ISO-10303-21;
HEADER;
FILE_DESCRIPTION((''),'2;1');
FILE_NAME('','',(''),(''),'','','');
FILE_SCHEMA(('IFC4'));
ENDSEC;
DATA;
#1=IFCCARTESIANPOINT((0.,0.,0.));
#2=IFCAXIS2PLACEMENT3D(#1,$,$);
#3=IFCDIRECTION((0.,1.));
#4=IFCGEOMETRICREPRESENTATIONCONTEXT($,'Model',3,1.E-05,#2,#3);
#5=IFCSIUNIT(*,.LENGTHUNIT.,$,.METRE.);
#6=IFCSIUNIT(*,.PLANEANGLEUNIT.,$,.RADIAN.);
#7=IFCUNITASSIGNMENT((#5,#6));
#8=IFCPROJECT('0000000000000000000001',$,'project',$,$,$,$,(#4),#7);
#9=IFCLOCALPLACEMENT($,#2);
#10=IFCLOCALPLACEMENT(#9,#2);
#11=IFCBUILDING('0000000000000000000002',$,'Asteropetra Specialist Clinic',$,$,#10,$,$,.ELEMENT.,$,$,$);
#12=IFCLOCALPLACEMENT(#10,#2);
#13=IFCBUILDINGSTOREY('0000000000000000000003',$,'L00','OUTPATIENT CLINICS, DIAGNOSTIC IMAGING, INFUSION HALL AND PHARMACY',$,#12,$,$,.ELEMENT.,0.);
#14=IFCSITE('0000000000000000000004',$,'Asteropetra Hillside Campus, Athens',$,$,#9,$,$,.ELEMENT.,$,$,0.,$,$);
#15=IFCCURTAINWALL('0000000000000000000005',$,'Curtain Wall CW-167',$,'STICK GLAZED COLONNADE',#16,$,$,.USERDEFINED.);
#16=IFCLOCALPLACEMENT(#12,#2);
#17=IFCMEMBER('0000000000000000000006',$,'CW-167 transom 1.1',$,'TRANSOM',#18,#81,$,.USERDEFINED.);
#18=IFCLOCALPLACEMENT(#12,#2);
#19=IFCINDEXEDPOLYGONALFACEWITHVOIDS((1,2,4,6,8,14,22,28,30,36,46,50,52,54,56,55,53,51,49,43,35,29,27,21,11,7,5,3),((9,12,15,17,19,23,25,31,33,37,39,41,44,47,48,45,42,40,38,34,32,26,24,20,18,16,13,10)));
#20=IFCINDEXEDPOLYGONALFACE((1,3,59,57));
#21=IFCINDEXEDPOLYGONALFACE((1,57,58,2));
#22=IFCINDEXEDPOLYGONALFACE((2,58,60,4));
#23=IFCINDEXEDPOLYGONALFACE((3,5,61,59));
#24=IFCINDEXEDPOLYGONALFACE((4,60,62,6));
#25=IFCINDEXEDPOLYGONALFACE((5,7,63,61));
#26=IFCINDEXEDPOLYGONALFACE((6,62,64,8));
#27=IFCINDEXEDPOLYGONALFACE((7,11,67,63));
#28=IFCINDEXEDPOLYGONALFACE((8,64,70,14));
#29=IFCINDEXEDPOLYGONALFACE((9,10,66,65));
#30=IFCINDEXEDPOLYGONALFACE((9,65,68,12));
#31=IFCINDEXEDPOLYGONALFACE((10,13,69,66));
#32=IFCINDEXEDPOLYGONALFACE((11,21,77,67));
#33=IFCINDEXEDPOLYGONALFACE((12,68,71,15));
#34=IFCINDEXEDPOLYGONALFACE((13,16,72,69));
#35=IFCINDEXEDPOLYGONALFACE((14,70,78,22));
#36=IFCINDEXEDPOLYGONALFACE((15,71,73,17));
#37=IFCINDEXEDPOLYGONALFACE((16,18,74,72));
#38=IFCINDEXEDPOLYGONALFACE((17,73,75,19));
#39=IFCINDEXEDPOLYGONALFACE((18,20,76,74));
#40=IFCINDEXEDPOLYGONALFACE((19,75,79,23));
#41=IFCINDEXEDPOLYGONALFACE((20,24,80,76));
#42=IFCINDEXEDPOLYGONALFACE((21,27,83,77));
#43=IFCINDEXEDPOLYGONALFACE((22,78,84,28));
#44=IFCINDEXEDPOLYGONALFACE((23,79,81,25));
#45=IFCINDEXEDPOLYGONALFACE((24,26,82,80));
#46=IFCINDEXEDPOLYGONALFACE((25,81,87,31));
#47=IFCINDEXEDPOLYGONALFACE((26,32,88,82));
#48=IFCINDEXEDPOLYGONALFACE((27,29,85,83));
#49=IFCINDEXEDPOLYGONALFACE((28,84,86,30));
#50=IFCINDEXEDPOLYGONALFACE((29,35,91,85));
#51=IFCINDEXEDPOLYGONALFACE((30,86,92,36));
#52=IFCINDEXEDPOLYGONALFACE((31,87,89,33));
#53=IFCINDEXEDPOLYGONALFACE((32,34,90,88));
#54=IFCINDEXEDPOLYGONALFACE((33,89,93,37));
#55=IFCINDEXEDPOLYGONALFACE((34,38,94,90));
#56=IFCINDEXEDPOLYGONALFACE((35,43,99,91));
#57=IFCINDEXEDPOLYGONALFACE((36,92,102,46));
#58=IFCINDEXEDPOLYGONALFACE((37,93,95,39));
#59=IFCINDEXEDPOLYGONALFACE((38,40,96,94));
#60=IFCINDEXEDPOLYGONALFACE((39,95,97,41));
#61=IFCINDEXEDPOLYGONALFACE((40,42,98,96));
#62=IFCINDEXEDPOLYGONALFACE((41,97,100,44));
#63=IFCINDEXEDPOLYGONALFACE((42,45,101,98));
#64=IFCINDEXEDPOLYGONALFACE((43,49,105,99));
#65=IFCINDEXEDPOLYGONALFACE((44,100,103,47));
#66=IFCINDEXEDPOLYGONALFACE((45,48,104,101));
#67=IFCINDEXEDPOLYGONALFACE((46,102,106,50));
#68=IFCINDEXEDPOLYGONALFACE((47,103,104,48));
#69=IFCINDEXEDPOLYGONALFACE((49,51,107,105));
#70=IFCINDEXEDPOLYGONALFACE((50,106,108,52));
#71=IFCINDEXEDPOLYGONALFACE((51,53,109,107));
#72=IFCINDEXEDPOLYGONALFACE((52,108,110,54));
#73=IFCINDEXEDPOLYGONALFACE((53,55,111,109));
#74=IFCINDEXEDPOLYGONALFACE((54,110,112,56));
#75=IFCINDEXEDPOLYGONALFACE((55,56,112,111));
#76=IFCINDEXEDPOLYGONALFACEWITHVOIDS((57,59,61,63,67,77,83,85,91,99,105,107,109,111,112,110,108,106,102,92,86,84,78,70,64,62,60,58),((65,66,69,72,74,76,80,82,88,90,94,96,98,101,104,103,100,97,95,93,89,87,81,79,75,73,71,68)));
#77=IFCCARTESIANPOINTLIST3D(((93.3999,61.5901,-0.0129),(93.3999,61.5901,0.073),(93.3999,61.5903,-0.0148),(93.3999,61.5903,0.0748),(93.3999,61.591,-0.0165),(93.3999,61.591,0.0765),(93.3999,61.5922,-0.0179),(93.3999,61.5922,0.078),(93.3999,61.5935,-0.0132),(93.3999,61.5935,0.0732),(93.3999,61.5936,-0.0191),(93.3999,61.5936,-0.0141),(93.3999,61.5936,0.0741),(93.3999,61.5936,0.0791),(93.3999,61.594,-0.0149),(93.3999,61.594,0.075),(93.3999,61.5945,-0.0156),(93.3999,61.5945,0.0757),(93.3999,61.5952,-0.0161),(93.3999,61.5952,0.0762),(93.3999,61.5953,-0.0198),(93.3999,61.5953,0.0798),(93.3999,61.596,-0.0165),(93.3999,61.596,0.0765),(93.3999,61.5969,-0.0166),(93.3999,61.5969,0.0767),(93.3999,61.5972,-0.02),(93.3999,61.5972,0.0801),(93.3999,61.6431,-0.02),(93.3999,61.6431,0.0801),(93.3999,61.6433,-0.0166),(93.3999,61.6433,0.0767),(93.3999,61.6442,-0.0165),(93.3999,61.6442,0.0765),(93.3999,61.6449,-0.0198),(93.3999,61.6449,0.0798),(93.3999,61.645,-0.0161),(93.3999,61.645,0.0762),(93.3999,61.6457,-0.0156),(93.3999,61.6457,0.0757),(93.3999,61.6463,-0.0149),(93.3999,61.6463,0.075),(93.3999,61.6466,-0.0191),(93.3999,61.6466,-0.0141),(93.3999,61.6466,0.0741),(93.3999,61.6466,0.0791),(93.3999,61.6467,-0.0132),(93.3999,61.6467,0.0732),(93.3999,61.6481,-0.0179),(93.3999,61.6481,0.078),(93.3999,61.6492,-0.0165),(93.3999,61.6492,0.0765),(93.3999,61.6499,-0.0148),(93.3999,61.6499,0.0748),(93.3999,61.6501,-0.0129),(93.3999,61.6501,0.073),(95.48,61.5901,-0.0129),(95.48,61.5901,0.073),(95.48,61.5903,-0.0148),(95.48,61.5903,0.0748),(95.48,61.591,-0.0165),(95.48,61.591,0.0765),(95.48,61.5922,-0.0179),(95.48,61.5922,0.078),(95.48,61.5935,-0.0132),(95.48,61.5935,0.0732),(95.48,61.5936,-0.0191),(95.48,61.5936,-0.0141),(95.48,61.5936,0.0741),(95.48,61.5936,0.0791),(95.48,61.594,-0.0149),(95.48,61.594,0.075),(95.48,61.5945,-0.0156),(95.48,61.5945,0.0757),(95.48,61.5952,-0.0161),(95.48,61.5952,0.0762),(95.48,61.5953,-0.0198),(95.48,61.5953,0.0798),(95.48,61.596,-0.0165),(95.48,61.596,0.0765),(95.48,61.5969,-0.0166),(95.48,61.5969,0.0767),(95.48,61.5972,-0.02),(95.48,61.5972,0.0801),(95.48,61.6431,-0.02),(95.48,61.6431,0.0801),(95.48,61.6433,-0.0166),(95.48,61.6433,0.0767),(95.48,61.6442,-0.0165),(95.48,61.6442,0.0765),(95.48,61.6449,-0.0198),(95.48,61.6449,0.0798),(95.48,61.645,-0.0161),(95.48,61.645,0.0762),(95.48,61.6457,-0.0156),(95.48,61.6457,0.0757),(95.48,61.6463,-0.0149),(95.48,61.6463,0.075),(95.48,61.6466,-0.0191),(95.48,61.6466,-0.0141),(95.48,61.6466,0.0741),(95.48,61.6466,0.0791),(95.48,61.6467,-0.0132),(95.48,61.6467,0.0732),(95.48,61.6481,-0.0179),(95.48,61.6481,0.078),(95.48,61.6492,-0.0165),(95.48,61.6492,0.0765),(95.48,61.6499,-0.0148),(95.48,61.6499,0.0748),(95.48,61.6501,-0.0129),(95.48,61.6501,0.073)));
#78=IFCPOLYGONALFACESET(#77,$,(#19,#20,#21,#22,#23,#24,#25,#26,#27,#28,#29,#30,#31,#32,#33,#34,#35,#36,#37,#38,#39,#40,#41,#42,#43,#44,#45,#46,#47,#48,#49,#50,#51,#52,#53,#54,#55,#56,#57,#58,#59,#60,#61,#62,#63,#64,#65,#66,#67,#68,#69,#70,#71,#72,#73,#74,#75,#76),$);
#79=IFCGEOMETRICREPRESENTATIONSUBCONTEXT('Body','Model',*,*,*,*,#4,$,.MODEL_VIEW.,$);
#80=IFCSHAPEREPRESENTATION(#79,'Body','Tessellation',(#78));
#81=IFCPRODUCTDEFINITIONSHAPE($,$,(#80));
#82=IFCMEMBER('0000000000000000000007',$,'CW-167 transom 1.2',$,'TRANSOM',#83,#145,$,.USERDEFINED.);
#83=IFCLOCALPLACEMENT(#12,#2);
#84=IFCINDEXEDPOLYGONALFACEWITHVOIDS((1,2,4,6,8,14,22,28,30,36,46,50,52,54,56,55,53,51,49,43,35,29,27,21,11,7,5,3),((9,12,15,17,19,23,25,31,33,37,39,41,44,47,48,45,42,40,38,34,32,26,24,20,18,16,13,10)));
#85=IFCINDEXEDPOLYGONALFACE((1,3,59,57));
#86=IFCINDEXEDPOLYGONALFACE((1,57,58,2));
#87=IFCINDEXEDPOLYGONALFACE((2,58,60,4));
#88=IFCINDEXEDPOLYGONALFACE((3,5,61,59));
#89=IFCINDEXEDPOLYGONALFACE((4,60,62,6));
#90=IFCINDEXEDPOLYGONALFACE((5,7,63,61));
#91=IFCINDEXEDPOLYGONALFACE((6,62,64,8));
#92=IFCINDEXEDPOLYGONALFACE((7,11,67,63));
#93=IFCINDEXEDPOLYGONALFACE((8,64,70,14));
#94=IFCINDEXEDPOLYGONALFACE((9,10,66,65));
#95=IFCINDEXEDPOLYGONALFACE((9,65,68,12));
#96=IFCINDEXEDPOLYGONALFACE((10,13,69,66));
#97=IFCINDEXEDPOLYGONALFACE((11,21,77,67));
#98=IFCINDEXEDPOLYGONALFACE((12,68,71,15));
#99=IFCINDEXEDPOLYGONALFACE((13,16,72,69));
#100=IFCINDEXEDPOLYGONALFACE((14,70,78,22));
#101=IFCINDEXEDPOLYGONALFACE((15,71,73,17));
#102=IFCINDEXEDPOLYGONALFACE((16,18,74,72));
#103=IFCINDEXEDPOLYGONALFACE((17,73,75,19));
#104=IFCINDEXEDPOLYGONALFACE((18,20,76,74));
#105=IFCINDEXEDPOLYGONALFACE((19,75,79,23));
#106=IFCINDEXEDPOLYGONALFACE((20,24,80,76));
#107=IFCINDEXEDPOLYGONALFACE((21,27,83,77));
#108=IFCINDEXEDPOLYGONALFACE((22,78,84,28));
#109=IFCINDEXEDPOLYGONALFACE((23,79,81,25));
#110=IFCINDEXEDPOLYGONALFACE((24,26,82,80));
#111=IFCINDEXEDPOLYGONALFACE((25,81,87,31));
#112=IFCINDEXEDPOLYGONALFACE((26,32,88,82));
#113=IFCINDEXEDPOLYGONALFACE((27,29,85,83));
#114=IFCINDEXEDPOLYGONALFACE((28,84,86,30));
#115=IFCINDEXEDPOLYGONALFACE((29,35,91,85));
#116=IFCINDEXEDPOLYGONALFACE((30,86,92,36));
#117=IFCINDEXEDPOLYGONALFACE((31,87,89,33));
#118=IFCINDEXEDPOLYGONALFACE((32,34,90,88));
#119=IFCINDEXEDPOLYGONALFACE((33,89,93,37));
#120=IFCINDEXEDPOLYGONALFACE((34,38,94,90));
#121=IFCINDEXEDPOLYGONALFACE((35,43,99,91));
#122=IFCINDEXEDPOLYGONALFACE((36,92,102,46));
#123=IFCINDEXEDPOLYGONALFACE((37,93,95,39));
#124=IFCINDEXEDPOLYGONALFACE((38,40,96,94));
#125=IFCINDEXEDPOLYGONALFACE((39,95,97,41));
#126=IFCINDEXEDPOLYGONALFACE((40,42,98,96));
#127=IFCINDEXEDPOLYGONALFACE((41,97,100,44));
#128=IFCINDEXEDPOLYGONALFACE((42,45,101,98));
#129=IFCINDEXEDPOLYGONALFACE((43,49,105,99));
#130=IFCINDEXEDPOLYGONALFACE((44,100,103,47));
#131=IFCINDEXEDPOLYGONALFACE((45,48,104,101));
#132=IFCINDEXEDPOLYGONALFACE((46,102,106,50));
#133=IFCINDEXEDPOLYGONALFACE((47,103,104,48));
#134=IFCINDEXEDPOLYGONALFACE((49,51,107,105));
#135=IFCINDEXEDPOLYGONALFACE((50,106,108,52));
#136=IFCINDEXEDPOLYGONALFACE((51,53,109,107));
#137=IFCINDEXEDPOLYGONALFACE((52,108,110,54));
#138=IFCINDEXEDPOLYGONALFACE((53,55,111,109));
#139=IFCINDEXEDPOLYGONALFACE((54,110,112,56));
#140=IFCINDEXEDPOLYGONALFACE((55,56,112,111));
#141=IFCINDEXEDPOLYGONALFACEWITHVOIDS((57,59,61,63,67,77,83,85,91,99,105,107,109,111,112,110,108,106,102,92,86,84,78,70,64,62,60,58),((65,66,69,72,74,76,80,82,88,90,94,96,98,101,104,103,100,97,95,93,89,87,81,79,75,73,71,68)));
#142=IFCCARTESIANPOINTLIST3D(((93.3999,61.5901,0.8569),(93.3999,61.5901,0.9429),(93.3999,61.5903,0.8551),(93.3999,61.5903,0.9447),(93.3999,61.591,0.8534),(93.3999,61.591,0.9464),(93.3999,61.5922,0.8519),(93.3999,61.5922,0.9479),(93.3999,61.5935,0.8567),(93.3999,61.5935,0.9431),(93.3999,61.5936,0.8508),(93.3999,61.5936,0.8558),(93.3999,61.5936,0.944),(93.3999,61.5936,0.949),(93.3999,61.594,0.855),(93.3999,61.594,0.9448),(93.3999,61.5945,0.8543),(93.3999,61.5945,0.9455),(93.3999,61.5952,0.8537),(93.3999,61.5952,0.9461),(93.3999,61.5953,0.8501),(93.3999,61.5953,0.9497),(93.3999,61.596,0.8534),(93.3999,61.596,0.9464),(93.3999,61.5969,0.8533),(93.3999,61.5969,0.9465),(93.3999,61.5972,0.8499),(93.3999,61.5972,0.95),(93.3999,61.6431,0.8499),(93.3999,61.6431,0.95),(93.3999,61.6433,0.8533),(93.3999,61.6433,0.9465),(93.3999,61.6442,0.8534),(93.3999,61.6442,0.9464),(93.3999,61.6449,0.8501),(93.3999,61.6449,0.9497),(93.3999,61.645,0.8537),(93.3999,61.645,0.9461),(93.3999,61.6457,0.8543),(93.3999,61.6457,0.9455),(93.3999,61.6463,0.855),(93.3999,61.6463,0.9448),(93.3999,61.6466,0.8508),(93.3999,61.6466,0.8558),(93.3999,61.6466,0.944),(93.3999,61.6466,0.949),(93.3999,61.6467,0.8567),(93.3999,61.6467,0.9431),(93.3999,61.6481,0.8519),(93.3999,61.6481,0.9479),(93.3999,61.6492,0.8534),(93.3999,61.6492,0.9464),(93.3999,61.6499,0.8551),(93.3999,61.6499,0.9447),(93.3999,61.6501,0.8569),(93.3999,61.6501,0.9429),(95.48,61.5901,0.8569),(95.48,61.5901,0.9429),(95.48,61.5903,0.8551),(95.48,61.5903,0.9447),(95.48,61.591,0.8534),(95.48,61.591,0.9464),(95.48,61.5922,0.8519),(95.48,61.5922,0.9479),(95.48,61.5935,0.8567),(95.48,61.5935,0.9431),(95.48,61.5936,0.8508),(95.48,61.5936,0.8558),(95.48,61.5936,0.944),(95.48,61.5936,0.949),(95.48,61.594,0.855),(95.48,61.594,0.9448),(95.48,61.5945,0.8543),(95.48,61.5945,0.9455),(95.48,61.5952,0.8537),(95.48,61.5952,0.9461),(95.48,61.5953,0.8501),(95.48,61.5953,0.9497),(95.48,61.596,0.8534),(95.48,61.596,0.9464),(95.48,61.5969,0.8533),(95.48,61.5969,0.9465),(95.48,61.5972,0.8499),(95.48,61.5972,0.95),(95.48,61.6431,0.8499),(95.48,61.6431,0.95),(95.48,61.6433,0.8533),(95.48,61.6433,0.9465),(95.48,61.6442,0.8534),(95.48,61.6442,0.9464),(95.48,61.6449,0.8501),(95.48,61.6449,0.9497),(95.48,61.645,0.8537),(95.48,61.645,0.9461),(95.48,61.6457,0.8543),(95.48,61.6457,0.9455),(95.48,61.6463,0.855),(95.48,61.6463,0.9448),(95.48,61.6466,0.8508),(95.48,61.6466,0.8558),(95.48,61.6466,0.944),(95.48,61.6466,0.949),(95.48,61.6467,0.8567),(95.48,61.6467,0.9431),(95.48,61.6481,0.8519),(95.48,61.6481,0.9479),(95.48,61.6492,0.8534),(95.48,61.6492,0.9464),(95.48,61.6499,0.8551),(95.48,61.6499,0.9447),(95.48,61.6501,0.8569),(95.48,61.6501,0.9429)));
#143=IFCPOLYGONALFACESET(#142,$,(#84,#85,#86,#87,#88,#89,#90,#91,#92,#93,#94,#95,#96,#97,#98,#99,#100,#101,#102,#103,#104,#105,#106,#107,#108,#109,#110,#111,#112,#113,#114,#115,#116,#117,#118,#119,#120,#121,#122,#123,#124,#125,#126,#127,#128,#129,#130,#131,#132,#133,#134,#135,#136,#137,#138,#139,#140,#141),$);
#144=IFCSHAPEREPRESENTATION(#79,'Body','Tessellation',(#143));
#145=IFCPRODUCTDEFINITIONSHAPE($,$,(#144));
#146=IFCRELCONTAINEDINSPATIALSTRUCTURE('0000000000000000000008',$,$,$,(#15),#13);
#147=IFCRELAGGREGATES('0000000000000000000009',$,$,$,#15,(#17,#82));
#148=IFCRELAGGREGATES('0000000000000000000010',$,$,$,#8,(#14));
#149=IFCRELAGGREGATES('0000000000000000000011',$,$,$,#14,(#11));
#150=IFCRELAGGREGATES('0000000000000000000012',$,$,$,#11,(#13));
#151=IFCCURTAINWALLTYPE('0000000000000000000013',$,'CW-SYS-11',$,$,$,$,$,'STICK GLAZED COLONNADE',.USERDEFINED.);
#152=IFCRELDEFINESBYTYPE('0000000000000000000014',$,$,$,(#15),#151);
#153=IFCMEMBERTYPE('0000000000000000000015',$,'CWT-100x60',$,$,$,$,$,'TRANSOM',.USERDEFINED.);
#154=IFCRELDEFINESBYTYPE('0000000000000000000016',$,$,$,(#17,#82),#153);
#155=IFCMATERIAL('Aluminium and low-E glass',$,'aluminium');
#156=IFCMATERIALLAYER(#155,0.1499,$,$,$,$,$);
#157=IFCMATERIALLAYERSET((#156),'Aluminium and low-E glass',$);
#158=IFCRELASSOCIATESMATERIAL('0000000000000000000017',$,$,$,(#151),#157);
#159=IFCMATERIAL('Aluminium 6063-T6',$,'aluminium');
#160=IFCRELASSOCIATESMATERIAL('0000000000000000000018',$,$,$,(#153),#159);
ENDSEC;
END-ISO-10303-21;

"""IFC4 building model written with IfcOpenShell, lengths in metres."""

from ifc_helpers import new_model, si_unit, direction, frame, origin, origin_2d, place, context, subcontext, project, spatial, hollow_rectangle, extrude, material, layer, layer_set, material_profile, profile_set, type_object, element, aggregate, save


model = new_model("IFC4")

# Units and contexts
model_context = context("Model", 3, precision=1e-05, world=origin(), true_north=direction((0.0, 1.0)))
body_context = subcontext(model_context, "Body", "Model", "MODEL_VIEW")
ifc_project = project(units=[si_unit("LENGTHUNIT", "METRE"), si_unit("PLANEANGLEUNIT", "RADIAN")], contexts=[model_context])

# Site, building, storey
site_placement = place(None, origin())
site = spatial("IfcSite", under=ifc_project, at=site_placement, Name="Asteropetra Hillside Campus, Athens", CompositionType="ELEMENT", RefElevation=0.0)
building_placement = place(site_placement, origin())
building = spatial("IfcBuilding", under=site, at=building_placement, Name="Asteropetra Specialist Clinic", CompositionType="ELEMENT")
storey_placement = place(building_placement, origin())
storey = spatial("IfcBuildingStorey", under=building, at=storey_placement, Name="L00", Description="OUTPATIENT CLINICS, DIAGNOSTIC IMAGING, INFUSION HALL AND PHARMACY", CompositionType="ELEMENT", Elevation=0.0)

# Curtain wall
ifc_material_1 = material(Name="Aluminium and low-E glass", Category="aluminium")
ifc_layer_1 = layer(ifc_material_1, 0.1499)
ifc_layer_set_1 = layer_set([ifc_layer_1], Name="Aluminium and low-E glass")
curtain_wall_type_1 = type_object("IfcCurtainWallType", Name="CW-SYS-11", ElementType="STICK GLAZED COLONNADE", PredefinedType="USERDEFINED", material=ifc_layer_set_1)
curtain_wall_1_placement = place(storey_placement, origin())
curtain_wall_1 = element("IfcCurtainWall", 1, at=curtain_wall_1_placement, inside=storey, type_object=curtain_wall_type_1, Name="Curtain Wall CW-167", ObjectType="STICK GLAZED COLONNADE", PredefinedType="USERDEFINED")

# Members
ifc_material_2 = material(Name="Aluminium 6063-T6", Category="aluminium")
ifc_material_profile_1 = material_profile(ifc_material_2, hollow_rectangle(XDim=0.0601, YDim=0.1001, WallThickness=0.0034, InnerFilletRadius=0.0034, OuterFilletRadius=0.0071, at=origin_2d()), Name="TRN 100x60x3.5")
ifc_profile_set_1 = profile_set([ifc_material_profile_1], Name="Aluminium 6063-T6")
member_type_1 = type_object("IfcMemberType", Name="CWT-100x60", ElementType="TRANSOM", PredefinedType="USERDEFINED", material=ifc_profile_set_1)
member_1_placement = place(storey_placement, frame((95.48, 61.6201, 0.03), z_axis=(-1.0, 0.0, 0.0), x_axis=(0.0, -1.0, 0.0)))
member_1 = element("IfcMember", 2, at=member_1_placement, type_object=member_type_1, Name="CW-167 transom 1.1", ObjectType="TRANSOM", PredefinedType="USERDEFINED", context=body_context, shape_type="SweptSolid", body=[
    extrude(hollow_rectangle(XDim=0.0601, YDim=0.1001, WallThickness=0.0034, InnerFilletRadius=0.0034, OuterFilletRadius=0.0071, at=origin_2d()), origin(), (0.0, 0.0, 1.0), 2.0801),
])
member_2_placement = place(storey_placement, frame((95.48, 61.6201, 0.8999), z_axis=(-1.0, 0.0, 0.0), x_axis=(0.0, -1.0, 0.0)))
member_2 = element("IfcMember", 3, at=member_2_placement, type_object=member_type_1, Name="CW-167 transom 1.2", ObjectType="TRANSOM", PredefinedType="USERDEFINED", context=body_context, shape_type="SweptSolid", body=[
    extrude(hollow_rectangle(XDim=0.0601, YDim=0.1001, WallThickness=0.0034, InnerFilletRadius=0.0034, OuterFilletRadius=0.0071, at=origin_2d()), origin(), (0.0, 0.0, 1.0), 2.0801),
])

aggregate(curtain_wall_1, [member_1, member_2])

save(model, "model.ifc")
